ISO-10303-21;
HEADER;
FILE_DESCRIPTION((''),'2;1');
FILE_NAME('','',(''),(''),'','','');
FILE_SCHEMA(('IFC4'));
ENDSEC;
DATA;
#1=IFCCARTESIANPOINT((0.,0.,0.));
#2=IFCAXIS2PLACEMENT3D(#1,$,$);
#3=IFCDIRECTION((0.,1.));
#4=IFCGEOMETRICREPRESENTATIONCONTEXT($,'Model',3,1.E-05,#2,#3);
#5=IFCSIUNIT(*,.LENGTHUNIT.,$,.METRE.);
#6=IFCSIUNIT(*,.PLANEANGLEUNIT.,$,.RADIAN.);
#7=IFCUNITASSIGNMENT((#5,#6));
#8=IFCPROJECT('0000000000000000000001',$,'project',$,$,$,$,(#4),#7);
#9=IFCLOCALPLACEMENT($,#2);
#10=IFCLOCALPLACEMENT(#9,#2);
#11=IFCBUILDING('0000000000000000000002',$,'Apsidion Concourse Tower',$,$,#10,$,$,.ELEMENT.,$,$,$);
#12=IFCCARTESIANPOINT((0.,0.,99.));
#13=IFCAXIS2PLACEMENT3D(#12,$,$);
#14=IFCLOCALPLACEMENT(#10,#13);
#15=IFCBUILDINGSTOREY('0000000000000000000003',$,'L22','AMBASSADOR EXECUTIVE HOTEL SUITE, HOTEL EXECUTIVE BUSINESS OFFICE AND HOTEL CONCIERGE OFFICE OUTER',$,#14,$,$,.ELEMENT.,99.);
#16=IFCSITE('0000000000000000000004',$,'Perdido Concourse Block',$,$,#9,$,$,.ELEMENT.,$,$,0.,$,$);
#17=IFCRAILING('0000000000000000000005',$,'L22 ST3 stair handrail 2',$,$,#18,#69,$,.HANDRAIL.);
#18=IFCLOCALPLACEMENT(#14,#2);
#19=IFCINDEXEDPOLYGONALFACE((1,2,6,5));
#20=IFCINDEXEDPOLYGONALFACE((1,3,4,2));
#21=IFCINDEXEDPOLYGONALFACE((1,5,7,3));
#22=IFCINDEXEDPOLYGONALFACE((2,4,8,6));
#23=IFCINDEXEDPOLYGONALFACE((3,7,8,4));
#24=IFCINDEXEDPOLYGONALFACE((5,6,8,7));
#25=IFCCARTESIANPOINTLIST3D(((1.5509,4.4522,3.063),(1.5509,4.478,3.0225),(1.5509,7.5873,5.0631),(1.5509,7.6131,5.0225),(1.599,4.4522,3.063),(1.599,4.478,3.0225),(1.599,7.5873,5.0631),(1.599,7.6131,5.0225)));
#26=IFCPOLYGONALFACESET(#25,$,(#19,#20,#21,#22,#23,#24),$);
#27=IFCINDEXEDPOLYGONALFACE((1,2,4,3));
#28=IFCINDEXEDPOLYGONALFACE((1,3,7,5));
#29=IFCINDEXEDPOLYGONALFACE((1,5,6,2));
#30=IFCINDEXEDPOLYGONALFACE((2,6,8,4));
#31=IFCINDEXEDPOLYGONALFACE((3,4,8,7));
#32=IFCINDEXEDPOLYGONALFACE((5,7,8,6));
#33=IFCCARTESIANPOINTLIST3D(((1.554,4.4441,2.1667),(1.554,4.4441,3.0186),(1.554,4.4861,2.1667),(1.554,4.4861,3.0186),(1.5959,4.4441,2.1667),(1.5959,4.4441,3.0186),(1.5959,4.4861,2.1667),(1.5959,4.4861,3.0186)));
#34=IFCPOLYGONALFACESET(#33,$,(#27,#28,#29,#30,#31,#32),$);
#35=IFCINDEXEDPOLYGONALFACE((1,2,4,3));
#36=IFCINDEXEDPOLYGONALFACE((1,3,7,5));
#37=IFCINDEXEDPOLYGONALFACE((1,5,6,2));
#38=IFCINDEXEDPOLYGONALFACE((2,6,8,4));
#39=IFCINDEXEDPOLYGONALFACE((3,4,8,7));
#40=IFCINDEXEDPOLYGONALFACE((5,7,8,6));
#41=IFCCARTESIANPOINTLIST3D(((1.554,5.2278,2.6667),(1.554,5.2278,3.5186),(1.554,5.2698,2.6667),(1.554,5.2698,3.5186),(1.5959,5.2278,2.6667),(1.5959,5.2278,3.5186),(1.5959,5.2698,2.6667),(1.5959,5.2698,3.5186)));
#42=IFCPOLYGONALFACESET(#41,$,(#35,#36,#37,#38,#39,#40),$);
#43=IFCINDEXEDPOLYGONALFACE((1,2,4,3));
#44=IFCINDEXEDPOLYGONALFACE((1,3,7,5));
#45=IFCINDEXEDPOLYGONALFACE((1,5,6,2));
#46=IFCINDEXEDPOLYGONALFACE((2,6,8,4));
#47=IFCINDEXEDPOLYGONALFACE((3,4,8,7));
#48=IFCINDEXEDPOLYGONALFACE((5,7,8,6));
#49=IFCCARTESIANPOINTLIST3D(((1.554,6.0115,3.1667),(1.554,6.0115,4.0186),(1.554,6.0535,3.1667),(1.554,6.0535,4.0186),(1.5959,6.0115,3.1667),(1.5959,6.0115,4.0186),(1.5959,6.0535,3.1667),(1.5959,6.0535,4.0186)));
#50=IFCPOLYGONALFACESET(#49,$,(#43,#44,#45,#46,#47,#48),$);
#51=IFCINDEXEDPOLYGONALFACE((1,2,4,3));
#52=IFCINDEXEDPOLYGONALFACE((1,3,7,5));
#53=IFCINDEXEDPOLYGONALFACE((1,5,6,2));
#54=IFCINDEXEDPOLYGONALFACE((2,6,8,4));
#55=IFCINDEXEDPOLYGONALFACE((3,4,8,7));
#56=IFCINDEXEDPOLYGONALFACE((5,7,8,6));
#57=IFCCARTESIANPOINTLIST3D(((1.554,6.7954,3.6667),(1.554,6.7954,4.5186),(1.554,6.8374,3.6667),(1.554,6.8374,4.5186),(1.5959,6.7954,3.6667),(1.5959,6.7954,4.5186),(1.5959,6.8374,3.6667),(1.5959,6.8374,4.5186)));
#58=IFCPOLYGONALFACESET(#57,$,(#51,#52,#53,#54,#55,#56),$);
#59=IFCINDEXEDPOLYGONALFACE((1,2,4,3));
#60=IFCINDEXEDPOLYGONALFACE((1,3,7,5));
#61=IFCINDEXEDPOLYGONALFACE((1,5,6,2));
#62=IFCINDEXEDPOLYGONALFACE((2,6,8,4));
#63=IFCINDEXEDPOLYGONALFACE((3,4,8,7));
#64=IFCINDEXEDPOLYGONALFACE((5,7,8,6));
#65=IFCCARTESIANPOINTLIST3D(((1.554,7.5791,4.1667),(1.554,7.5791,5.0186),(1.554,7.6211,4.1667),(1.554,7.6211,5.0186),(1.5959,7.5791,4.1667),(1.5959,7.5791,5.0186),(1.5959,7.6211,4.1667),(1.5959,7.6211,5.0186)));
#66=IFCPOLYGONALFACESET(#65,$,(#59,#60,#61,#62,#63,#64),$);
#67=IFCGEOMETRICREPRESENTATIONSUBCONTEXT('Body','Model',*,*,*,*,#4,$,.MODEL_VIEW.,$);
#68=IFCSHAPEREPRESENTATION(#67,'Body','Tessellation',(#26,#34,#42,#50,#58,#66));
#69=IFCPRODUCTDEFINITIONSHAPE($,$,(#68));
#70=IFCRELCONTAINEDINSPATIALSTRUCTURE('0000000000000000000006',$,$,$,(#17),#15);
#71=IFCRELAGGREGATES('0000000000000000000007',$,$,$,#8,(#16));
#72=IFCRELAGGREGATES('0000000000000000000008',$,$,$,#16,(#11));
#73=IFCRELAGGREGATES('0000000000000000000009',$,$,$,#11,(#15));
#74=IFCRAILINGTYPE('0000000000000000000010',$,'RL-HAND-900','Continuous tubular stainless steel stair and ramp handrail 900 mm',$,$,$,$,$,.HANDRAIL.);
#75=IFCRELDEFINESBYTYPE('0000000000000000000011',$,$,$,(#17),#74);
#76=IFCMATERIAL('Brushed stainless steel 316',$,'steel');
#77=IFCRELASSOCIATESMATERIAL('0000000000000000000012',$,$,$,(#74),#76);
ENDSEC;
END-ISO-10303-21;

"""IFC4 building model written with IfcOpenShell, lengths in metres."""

from ifc_helpers import new_model, si_unit, direction, frame, origin, origin_2d, place, context, subcontext, project, spatial, rectangle, extrude, material, type_object, element, save


model = new_model("IFC4")

# Units and contexts
model_context = context("Model", 3, precision=1e-05, world=origin(), true_north=direction((0.0, 1.0)))
body_context = subcontext(model_context, "Body", "Model", "MODEL_VIEW")
ifc_project = project(units=[si_unit("LENGTHUNIT", "METRE"), si_unit("PLANEANGLEUNIT", "RADIAN")], contexts=[model_context])

# Site, building, storey
site_placement = place(None, origin())
site = spatial("IfcSite", under=ifc_project, at=site_placement, Name="Perdido Concourse Block", CompositionType="ELEMENT", RefElevation=0.0)
building_placement = place(site_placement, origin())
building = spatial("IfcBuilding", under=site, at=building_placement, Name="Apsidion Concourse Tower", CompositionType="ELEMENT")
storey_placement = place(building_placement, frame((0.0, 0.0, 99.0)))
storey = spatial("IfcBuildingStorey", under=building, at=storey_placement, Name="L22", Description="AMBASSADOR EXECUTIVE HOTEL SUITE, HOTEL EXECUTIVE BUSINESS OFFICE AND HOTEL CONCIERGE OFFICE OUTER", CompositionType="ELEMENT", Elevation=99.0)

# Railing
ifc_material_1 = material(Name="Brushed stainless steel 316", Category="steel")
railing_type_1 = type_object("IfcRailingType", Name="RL-HAND-900", Description="Continuous tubular stainless steel stair and ramp handrail 900 mm", PredefinedType="HANDRAIL", material=ifc_material_1)
railing_1_placement = place(storey_placement, frame((1.575, 4.4651, 2.1667)))
element("IfcRailing", 1, at=railing_1_placement, inside=storey, type_object=railing_type_1, Name="L22 ST3 stair handrail 2", PredefinedType="HANDRAIL", context=body_context, shape_type="SweptSolid", body=[
    extrude(rectangle(XDim=0.0481, YDim=0.0481, at=origin_2d()), frame((0.0, 0.0, 0.876), z_axis=(0.0, 0.843053, 0.537831), x_axis=(-1.0, 0.0, 0.0)), (0.0, 0.0, 1.0), 3.7188),
    extrude(rectangle(XDim=0.042, YDim=0.042, at=origin_2d()), origin(), (0.0, 0.0, 1.0), 0.8518),
    extrude(rectangle(XDim=0.042, YDim=0.042, at=origin_2d()), frame((0.0, 0.7837, 0.5)), (0.0, 0.0, 1.0), 0.8518),
    extrude(rectangle(XDim=0.042, YDim=0.042, at=origin_2d()), frame((0.0, 1.5674, 1.0)), (0.0, 0.0, 1.0), 0.8518),
    extrude(rectangle(XDim=0.042, YDim=0.042, at=origin_2d()), frame((0.0, 2.3513, 1.5)), (0.0, 0.0, 1.0), 0.8518),
    extrude(rectangle(XDim=0.042, YDim=0.042, at=origin_2d()), frame((0.0, 3.135, 2.0)), (0.0, 0.0, 1.0), 0.8518),
])

save(model, "model.ifc")
